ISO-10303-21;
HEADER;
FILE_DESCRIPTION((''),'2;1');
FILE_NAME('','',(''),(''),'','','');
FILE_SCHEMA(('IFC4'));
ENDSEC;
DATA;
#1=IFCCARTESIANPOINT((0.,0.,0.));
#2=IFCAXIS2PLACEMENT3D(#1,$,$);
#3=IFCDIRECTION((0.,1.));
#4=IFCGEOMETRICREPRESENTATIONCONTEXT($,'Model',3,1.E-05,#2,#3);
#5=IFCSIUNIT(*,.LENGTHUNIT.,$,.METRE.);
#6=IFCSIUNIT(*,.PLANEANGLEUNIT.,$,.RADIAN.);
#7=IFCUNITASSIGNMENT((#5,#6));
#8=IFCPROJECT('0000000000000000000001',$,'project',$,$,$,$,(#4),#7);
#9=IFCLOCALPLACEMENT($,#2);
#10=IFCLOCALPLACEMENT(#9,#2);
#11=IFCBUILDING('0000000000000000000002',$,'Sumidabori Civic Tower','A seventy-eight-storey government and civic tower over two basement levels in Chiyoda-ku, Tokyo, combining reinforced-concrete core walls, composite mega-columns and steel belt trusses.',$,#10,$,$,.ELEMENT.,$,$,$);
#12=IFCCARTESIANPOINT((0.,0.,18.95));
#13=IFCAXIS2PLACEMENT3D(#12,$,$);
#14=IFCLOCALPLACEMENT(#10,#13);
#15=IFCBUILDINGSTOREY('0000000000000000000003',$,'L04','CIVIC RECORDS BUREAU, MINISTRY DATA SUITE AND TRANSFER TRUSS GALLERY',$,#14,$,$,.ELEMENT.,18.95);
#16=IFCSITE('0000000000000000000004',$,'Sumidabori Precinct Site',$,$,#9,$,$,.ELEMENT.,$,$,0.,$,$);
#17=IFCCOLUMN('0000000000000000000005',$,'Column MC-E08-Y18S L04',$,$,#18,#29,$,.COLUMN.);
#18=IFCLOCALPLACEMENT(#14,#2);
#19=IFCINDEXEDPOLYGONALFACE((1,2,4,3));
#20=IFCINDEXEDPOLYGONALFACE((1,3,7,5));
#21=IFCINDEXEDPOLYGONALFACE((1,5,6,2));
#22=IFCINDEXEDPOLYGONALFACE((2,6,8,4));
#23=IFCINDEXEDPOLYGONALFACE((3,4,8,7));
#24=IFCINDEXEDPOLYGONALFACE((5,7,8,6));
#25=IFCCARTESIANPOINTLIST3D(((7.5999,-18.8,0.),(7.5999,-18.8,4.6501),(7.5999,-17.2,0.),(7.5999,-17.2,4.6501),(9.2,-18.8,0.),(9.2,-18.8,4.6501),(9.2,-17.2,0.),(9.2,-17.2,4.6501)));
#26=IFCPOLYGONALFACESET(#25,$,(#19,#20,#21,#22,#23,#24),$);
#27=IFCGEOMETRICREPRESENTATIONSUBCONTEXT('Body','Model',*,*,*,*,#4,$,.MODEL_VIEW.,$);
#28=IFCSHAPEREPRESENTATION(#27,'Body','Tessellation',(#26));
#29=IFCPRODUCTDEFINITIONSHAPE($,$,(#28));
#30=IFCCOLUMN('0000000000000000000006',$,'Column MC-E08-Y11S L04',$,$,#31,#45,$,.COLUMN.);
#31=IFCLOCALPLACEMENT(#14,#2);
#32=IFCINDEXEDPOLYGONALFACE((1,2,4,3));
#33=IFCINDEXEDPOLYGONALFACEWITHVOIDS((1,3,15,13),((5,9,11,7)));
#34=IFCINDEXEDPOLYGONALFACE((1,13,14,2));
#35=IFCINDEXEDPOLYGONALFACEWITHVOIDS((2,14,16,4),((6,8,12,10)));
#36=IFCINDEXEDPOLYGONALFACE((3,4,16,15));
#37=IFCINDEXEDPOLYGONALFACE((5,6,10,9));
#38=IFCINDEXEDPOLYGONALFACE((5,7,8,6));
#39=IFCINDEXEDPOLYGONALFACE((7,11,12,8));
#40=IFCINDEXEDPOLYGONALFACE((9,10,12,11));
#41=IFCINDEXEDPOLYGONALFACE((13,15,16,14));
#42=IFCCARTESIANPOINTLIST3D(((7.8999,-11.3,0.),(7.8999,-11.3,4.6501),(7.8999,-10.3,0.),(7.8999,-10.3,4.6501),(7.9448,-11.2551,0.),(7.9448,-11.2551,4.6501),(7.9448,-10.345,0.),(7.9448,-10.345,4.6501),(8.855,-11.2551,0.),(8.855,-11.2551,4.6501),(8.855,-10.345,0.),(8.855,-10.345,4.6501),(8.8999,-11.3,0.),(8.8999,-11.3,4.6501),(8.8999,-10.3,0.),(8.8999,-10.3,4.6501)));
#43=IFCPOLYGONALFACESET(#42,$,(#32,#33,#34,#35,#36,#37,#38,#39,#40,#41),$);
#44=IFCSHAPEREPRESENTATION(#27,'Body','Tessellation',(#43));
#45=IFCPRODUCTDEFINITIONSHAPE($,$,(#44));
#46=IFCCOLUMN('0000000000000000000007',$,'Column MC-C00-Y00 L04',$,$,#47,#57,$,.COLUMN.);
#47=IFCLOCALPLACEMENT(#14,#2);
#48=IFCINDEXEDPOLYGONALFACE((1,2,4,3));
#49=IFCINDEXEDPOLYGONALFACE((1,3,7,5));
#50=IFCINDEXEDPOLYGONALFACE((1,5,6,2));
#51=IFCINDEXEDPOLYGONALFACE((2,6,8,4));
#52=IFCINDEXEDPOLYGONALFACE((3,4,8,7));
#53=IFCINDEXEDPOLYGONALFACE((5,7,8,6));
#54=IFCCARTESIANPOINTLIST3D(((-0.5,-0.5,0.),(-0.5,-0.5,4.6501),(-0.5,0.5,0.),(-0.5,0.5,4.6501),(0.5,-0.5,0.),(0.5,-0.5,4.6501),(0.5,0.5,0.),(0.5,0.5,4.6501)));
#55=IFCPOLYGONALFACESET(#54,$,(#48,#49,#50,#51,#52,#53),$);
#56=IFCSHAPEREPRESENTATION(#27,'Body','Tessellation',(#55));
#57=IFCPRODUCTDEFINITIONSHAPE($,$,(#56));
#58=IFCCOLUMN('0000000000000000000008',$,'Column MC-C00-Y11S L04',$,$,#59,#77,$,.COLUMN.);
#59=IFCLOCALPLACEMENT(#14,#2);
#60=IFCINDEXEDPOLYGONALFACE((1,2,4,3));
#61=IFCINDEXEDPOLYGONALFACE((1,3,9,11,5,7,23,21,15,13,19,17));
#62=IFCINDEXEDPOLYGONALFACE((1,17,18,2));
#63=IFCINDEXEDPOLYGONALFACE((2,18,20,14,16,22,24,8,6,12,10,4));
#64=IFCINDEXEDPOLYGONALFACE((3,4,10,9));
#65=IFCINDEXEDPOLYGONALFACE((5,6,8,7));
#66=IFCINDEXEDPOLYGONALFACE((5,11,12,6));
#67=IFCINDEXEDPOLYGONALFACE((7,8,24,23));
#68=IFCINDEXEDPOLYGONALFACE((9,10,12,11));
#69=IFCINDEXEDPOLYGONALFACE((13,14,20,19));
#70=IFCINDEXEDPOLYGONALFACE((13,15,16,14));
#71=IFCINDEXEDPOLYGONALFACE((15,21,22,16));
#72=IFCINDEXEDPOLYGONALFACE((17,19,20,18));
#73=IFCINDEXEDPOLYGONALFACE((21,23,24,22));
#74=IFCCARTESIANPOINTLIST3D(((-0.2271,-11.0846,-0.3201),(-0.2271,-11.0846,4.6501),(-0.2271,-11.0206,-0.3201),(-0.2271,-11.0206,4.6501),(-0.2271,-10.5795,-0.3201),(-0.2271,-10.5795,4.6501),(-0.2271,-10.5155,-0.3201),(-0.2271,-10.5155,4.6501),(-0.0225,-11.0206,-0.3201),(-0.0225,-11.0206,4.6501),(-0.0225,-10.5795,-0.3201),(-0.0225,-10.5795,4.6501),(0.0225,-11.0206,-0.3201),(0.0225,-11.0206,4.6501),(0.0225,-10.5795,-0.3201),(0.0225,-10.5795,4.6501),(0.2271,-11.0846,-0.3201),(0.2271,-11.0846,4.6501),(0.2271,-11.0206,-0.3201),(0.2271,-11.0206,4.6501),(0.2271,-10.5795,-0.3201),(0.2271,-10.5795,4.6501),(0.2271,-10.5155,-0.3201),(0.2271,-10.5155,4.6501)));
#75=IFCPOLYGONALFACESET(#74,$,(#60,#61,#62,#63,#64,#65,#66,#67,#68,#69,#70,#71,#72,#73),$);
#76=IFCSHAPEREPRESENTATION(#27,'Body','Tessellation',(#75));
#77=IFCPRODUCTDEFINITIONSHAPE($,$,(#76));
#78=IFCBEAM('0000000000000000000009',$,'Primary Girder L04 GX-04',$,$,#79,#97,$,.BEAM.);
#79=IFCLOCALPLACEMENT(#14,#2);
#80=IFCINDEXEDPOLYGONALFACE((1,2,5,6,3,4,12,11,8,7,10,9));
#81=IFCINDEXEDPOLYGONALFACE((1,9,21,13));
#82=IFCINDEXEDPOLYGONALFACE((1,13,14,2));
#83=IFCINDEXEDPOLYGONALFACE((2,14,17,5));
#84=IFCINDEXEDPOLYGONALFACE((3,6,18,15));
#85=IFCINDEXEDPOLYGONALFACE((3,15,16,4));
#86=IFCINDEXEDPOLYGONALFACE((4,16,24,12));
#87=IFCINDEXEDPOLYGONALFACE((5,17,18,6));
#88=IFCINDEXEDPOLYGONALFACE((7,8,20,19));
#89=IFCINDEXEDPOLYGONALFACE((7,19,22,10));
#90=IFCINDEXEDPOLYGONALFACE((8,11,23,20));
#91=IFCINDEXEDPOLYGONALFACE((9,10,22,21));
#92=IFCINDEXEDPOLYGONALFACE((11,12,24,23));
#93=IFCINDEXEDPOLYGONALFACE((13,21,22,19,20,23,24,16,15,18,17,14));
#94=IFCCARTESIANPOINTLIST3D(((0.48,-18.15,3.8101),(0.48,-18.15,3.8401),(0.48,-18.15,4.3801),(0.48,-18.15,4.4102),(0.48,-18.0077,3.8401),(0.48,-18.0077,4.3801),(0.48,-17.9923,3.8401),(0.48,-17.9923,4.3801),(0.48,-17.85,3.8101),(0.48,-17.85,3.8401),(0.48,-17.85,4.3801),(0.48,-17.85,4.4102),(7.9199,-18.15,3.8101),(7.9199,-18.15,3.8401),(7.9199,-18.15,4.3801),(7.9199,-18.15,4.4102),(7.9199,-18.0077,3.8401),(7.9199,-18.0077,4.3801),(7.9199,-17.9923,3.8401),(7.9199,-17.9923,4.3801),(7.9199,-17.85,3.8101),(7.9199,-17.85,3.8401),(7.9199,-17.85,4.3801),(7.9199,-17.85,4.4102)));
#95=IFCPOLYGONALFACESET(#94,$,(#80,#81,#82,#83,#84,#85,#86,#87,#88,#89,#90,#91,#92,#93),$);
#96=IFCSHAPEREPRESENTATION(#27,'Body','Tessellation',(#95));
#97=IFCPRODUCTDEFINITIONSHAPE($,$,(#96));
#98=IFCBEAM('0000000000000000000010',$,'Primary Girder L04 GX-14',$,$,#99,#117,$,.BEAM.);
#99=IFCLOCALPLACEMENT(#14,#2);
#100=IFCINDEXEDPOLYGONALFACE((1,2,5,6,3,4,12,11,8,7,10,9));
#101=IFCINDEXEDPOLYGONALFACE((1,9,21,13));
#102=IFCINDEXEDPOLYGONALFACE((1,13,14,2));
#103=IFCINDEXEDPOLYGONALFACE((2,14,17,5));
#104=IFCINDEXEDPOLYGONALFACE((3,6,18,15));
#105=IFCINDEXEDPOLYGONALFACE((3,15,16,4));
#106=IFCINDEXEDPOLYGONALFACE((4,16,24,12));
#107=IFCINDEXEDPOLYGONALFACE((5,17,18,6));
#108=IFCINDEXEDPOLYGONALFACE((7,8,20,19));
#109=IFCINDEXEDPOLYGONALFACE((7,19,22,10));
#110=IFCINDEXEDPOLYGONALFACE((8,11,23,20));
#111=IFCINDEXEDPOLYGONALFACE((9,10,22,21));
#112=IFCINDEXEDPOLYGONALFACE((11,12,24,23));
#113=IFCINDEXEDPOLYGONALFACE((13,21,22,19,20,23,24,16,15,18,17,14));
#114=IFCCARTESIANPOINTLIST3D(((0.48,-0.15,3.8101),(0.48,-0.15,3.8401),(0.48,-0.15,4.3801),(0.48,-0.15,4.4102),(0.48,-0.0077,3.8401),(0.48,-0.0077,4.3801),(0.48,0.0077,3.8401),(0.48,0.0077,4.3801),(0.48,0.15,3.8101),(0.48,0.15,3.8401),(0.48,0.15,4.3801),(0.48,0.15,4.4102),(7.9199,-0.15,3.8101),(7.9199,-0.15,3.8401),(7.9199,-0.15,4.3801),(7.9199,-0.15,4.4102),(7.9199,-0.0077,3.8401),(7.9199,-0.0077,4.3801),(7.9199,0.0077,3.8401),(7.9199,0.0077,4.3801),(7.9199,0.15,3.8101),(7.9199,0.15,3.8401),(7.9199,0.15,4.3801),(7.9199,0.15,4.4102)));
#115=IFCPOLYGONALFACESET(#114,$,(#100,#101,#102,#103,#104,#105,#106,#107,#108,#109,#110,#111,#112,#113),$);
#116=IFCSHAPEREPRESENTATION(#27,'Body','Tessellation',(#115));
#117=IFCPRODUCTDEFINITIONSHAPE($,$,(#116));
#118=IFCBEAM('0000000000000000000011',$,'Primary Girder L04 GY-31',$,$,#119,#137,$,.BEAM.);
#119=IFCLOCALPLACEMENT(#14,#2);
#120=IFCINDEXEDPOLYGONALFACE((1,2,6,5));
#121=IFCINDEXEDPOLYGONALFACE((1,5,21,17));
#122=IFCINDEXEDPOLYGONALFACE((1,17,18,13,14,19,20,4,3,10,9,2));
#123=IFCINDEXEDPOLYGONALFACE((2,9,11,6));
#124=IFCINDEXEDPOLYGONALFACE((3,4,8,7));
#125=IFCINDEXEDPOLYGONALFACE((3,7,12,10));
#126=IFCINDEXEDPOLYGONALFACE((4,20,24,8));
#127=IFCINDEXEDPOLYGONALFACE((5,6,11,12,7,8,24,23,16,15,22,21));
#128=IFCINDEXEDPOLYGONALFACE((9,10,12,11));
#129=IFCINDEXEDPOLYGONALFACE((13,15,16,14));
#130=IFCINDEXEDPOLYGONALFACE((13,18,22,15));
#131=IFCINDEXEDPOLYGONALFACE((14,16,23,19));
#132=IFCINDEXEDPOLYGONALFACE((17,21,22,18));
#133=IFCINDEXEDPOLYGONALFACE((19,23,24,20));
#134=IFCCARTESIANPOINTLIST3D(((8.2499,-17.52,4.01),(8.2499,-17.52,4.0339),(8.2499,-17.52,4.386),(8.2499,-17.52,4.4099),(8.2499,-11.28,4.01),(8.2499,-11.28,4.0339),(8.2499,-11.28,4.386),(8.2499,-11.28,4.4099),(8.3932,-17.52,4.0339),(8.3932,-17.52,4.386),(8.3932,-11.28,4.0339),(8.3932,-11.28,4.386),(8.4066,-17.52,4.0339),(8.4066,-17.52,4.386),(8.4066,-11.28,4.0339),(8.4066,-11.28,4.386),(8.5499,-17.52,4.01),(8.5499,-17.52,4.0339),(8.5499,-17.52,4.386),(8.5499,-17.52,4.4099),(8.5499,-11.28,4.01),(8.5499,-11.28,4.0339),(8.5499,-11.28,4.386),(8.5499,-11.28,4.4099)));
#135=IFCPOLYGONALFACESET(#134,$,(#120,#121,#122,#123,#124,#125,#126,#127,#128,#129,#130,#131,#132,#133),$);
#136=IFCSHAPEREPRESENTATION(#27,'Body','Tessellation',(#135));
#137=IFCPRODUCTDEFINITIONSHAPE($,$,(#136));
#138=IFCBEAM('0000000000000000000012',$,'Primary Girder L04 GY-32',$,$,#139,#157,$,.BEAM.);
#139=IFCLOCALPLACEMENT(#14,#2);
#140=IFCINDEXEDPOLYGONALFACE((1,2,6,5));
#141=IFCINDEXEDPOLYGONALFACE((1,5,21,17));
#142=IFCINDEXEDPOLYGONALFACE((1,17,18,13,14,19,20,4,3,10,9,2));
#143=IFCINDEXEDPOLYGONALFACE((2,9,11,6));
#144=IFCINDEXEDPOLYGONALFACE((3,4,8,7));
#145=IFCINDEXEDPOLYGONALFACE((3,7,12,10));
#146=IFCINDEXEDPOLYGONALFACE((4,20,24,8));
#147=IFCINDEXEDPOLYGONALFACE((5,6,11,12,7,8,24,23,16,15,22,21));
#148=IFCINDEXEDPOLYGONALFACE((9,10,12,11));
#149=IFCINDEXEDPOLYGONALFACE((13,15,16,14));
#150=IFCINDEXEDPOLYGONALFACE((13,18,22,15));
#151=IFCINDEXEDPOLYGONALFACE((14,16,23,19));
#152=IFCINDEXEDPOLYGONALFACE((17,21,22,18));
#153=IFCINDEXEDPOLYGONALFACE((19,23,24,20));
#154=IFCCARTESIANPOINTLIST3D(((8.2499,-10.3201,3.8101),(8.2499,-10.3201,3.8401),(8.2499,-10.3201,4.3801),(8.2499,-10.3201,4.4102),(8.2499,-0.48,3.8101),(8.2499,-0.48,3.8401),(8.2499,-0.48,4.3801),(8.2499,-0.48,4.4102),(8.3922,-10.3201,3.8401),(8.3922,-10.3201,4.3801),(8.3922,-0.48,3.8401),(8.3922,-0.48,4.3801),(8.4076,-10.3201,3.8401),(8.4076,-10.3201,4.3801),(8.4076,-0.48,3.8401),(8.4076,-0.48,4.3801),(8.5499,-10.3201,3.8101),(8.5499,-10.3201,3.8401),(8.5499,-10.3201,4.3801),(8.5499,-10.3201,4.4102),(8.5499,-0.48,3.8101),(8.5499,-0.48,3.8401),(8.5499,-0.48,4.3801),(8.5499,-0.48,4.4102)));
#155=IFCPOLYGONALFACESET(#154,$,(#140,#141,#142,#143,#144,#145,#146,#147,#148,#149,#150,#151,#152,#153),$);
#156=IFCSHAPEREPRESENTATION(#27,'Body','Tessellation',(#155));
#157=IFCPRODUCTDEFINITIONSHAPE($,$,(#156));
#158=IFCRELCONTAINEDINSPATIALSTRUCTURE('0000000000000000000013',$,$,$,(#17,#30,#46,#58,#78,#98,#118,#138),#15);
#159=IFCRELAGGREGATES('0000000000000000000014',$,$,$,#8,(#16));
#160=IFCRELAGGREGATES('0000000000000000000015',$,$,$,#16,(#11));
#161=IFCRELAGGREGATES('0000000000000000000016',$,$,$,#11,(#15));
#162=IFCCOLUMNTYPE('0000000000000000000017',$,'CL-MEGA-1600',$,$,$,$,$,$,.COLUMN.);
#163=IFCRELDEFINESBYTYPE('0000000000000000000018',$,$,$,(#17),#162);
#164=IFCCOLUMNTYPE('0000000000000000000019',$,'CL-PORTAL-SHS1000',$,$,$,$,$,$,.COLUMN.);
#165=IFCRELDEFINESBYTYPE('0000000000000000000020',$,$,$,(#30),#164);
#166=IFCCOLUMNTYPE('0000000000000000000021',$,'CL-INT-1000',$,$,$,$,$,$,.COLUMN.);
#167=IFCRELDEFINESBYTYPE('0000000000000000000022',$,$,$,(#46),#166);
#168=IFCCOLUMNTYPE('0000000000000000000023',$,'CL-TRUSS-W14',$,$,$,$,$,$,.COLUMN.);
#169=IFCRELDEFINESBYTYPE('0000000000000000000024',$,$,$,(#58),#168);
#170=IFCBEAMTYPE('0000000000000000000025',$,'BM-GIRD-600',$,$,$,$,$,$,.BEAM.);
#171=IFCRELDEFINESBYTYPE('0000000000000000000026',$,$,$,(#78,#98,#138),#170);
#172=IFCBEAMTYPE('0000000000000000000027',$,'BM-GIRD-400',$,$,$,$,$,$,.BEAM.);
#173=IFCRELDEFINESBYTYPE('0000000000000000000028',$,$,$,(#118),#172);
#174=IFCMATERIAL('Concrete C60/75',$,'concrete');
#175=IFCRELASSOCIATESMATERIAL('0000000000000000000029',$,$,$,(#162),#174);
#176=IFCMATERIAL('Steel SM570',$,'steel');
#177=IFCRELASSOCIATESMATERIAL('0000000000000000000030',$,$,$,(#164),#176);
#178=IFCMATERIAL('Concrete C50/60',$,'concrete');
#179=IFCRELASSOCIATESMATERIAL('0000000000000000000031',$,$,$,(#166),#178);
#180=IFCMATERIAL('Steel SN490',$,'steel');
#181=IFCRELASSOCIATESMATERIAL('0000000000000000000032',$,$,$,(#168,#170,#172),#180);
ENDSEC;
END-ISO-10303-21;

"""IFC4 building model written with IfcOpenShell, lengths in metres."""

from ifc_helpers import new_model, si_unit, direction, frame, origin, origin_with_axes, origin_2d, place, context, subcontext, project, spatial, rectangle, hollow_rectangle, i_section, extrude, source, transform, mapped, material, material_profile, profile_set, type_object, element, save


model = new_model("IFC4")

# Units and contexts
model_context = context("Model", 3, precision=1e-05, world=origin(), true_north=direction((0.0, 1.0)))
body_context = subcontext(model_context, "Body", "Model", "MODEL_VIEW")
ifc_project = project(units=[si_unit("LENGTHUNIT", "METRE"), si_unit("PLANEANGLEUNIT", "RADIAN")], contexts=[model_context])

# Site, building, storey
site_placement = place(None, origin())
site = spatial("IfcSite", under=ifc_project, at=site_placement, Name="Sumidabori Precinct Site", CompositionType="ELEMENT", RefElevation=0.0)
building_placement = place(site_placement, origin())
building = spatial("IfcBuilding", under=site, at=building_placement, Name="Sumidabori Civic Tower", Description="A seventy-eight-storey government and civic tower over two basement levels in Chiyoda-ku, Tokyo, combining reinforced-concrete core walls, composite mega-columns and steel belt trusses.", CompositionType="ELEMENT")
storey_placement = place(building_placement, frame((0.0, 0.0, 18.95)))
storey = spatial("IfcBuildingStorey", under=building, at=storey_placement, Name="L04", Description="CIVIC RECORDS BUREAU, MINISTRY DATA SUITE AND TRANSFER TRUSS GALLERY", CompositionType="ELEMENT", Elevation=18.95)

# Columns
ifc_material_1 = material(Name="Concrete C60/75", Category="concrete")
ifc_material_profile_1 = material_profile(ifc_material_1, rectangle(XDim=1.6001, YDim=1.6001, at=origin_2d()), Name="RC 1600x1600")
ifc_profile_set_1 = profile_set([ifc_material_profile_1], Name="Concrete C60/75")
column_type_1 = type_object("IfcColumnType", Name="CL-MEGA-1600", PredefinedType="COLUMN", material=ifc_profile_set_1)
shared_shape_1 = source(origin(), body_context, "Body", "SweptSolid", [
    extrude(rectangle(XDim=1.6001, YDim=1.6001, at=origin_2d()), origin(), (0.0, 0.0, 1.0), 4.6501),
])
column_1_placement = place(storey_placement, frame((8.3999, -18.0, 0.0), z_axis=(0.0, 0.0, 1.0), x_axis=(1.0, 0.0, 0.0)))
element("IfcColumn", 1, at=column_1_placement, inside=storey, type_object=column_type_1, Name="Column MC-E08-Y18S L04", PredefinedType="COLUMN", context=body_context, shape_type="MappedRepresentation", body=[
    mapped(shared_shape_1, transform((0.0, 0.0, 0.0), x_axis=(1.0, 0.0, 0.0), y_axis=(0.0, 1.0, 0.0), z_axis=(0.0, 0.0, 1.0), scale=1.0)),
])
ifc_material_2 = material(Name="Steel SM570", Category="steel")
ifc_material_profile_2 = material_profile(ifc_material_2, hollow_rectangle(XDim=1.0, YDim=1.0, WallThickness=0.0449, at=origin_2d()), Name="SHS 1000x1000x45")
ifc_profile_set_2 = profile_set([ifc_material_profile_2], Name="Steel SM570")
column_type_2 = type_object("IfcColumnType", Name="CL-PORTAL-SHS1000", PredefinedType="COLUMN", material=ifc_profile_set_2)
shared_shape_2 = source(origin(), body_context, "Body", "SweptSolid", [
    extrude(hollow_rectangle(XDim=1.0, YDim=1.0, WallThickness=0.0449, at=origin_2d()), origin(), (0.0, 0.0, 1.0), 4.6501),
])
column_2_placement = place(storey_placement, frame((8.3999, -10.8, 0.0), z_axis=(0.0, 0.0, 1.0), x_axis=(1.0, 0.0, 0.0)))
element("IfcColumn", 2, at=column_2_placement, inside=storey, type_object=column_type_2, Name="Column MC-E08-Y11S L04", PredefinedType="COLUMN", context=body_context, shape_type="MappedRepresentation", body=[
    mapped(shared_shape_2, transform((0.0, 0.0, 0.0), x_axis=(1.0, 0.0, 0.0), y_axis=(0.0, 1.0, 0.0), z_axis=(0.0, 0.0, 1.0), scale=1.0)),
])
ifc_material_3 = material(Name="Concrete C50/60", Category="concrete")
ifc_material_profile_3 = material_profile(ifc_material_3, rectangle(XDim=1.0, YDim=1.0, at=origin_2d()), Name="RC 1000x1000")
ifc_profile_set_3 = profile_set([ifc_material_profile_3], Name="Concrete C50/60")
column_type_3 = type_object("IfcColumnType", Name="CL-INT-1000", PredefinedType="COLUMN", material=ifc_profile_set_3)
shared_shape_3 = source(origin(), body_context, "Body", "SweptSolid", [
    extrude(rectangle(XDim=1.0, YDim=1.0, at=origin_2d()), origin(), (0.0, 0.0, 1.0), 4.6501),
])
column_3_placement = place(storey_placement, origin_with_axes())
element("IfcColumn", 3, at=column_3_placement, inside=storey, type_object=column_type_3, Name="Column MC-C00-Y00 L04", PredefinedType="COLUMN", context=body_context, shape_type="MappedRepresentation", body=[
    mapped(shared_shape_3, transform((0.0, 0.0, 0.0), x_axis=(1.0, 0.0, 0.0), y_axis=(0.0, 1.0, 0.0), z_axis=(0.0, 0.0, 1.0), scale=1.0)),
])
ifc_material_4 = material(Name="Steel SN490", Category="steel")
ifc_material_profile_4 = material_profile(ifc_material_4, i_section(OverallWidth=0.4541, OverallDepth=0.5691, WebThickness=0.0449, FlangeThickness=0.064, at=origin_2d()), Name="W14X730")
ifc_profile_set_4 = profile_set([ifc_material_profile_4], Name="Steel SN490")
column_type_4 = type_object("IfcColumnType", Name="CL-TRUSS-W14", PredefinedType="COLUMN", material=ifc_profile_set_4)
shared_shape_4 = source(origin(), body_context, "Body", "SweptSolid", [
    extrude(i_section(OverallWidth=0.4541, OverallDepth=0.5691, WebThickness=0.0449, FlangeThickness=0.064, at=origin_2d()), origin(), (0.0, 0.0, 1.0), 4.9702),
])
column_4_placement = place(storey_placement, frame((0.0, -10.8, -0.3201), z_axis=(0.0, 0.0, 1.0), x_axis=(1.0, 0.0, 0.0)))
element("IfcColumn", 4, at=column_4_placement, inside=storey, type_object=column_type_4, Name="Column MC-C00-Y11S L04", PredefinedType="COLUMN", context=body_context, shape_type="MappedRepresentation", body=[
    mapped(shared_shape_4, transform((0.0, 0.0, 0.0), x_axis=(1.0, 0.0, 0.0), y_axis=(0.0, 1.0, 0.0), z_axis=(0.0, 0.0, 1.0), scale=1.0)),
])

# Beams
ifc_material_profile_5 = material_profile(ifc_material_4, i_section(OverallWidth=0.3, OverallDepth=0.6001, WebThickness=0.0154, FlangeThickness=0.03, at=origin_2d()), Name="HE 600 B")
ifc_profile_set_5 = profile_set([ifc_material_profile_5], Name="Steel SN490")
beam_type_1 = type_object("IfcBeamType", Name="BM-GIRD-600", PredefinedType="BEAM", material=ifc_profile_set_5)
shared_shape_5 = source(origin(), body_context, "Body", "SweptSolid", [
    extrude(i_section(OverallWidth=0.3, OverallDepth=0.6001, WebThickness=0.0154, FlangeThickness=0.03, at=origin_2d()), origin(), (0.0, 0.0, 1.0), 7.4399),
])
for number, where, z_axis, x_axis, name in (
    (5, (0.48, -18.0, 4.1101), (1.0, 0.0, 0.0), (0.0, 1.0, 0.0), "Primary Girder L04 GX-04"),
    (6, (0.48, 0.0, 4.1101), (1.0, 0.0, 0.0), (0.0, 1.0, 0.0), "Primary Girder L04 GX-14"),
):
    element("IfcBeam", number, at=place(storey_placement, frame(where, z_axis=z_axis, x_axis=x_axis)), inside=storey, type_object=beam_type_1, Name=name, PredefinedType="BEAM", context=body_context, shape_type="MappedRepresentation", body=[
        mapped(shared_shape_5, transform((0.0, 0.0, 0.0), x_axis=(1.0, 0.0, 0.0), y_axis=(0.0, 1.0, 0.0), z_axis=(0.0, 0.0, 1.0), scale=1.0)),
    ])
ifc_material_profile_6 = material_profile(ifc_material_4, i_section(OverallWidth=0.3, OverallDepth=0.3999, WebThickness=0.0134, FlangeThickness=0.0239, at=origin_2d()), Name="HE 400 B")
ifc_profile_set_6 = profile_set([ifc_material_profile_6], Name="Steel SN490")
beam_type_2 = type_object("IfcBeamType", Name="BM-GIRD-400", PredefinedType="BEAM", material=ifc_profile_set_6)
shared_shape_6 = source(origin(), body_context, "Body", "SweptSolid", [
    extrude(i_section(OverallWidth=0.3, OverallDepth=0.3999, WebThickness=0.0134, FlangeThickness=0.0239, at=origin_2d()), origin(), (0.0, 0.0, 1.0), 6.24),
])
beam_1_placement = place(storey_placement, frame((8.3999, -17.52, 4.21), z_axis=(0.0, 1.0, 0.0), x_axis=(-1.0, 0.0, 0.0)))
element("IfcBeam", 7, at=beam_1_placement, inside=storey, type_object=beam_type_2, Name="Primary Girder L04 GY-31", PredefinedType="BEAM", context=body_context, shape_type="MappedRepresentation", body=[
    mapped(shared_shape_6, transform((0.0, 0.0, 0.0), x_axis=(1.0, 0.0, 0.0), y_axis=(0.0, 1.0, 0.0), z_axis=(0.0, 0.0, 1.0), scale=1.0)),
])
shared_shape_7 = source(origin(), body_context, "Body", "SweptSolid", [
    extrude(i_section(OverallWidth=0.3, OverallDepth=0.6001, WebThickness=0.0154, FlangeThickness=0.03, at=origin_2d()), origin(), (0.0, 0.0, 1.0), 9.8401),
])
beam_2_placement = place(storey_placement, frame((8.3999, -10.3201, 4.1101), z_axis=(0.0, 1.0, 0.0), x_axis=(-1.0, 0.0, 0.0)))
element("IfcBeam", 8, at=beam_2_placement, inside=storey, type_object=beam_type_1, Name="Primary Girder L04 GY-32", PredefinedType="BEAM", context=body_context, shape_type="MappedRepresentation", body=[
    mapped(shared_shape_7, transform((0.0, 0.0, 0.0), x_axis=(1.0, 0.0, 0.0), y_axis=(0.0, 1.0, 0.0), z_axis=(0.0, 0.0, 1.0), scale=1.0)),
])

save(model, "model.ifc")
